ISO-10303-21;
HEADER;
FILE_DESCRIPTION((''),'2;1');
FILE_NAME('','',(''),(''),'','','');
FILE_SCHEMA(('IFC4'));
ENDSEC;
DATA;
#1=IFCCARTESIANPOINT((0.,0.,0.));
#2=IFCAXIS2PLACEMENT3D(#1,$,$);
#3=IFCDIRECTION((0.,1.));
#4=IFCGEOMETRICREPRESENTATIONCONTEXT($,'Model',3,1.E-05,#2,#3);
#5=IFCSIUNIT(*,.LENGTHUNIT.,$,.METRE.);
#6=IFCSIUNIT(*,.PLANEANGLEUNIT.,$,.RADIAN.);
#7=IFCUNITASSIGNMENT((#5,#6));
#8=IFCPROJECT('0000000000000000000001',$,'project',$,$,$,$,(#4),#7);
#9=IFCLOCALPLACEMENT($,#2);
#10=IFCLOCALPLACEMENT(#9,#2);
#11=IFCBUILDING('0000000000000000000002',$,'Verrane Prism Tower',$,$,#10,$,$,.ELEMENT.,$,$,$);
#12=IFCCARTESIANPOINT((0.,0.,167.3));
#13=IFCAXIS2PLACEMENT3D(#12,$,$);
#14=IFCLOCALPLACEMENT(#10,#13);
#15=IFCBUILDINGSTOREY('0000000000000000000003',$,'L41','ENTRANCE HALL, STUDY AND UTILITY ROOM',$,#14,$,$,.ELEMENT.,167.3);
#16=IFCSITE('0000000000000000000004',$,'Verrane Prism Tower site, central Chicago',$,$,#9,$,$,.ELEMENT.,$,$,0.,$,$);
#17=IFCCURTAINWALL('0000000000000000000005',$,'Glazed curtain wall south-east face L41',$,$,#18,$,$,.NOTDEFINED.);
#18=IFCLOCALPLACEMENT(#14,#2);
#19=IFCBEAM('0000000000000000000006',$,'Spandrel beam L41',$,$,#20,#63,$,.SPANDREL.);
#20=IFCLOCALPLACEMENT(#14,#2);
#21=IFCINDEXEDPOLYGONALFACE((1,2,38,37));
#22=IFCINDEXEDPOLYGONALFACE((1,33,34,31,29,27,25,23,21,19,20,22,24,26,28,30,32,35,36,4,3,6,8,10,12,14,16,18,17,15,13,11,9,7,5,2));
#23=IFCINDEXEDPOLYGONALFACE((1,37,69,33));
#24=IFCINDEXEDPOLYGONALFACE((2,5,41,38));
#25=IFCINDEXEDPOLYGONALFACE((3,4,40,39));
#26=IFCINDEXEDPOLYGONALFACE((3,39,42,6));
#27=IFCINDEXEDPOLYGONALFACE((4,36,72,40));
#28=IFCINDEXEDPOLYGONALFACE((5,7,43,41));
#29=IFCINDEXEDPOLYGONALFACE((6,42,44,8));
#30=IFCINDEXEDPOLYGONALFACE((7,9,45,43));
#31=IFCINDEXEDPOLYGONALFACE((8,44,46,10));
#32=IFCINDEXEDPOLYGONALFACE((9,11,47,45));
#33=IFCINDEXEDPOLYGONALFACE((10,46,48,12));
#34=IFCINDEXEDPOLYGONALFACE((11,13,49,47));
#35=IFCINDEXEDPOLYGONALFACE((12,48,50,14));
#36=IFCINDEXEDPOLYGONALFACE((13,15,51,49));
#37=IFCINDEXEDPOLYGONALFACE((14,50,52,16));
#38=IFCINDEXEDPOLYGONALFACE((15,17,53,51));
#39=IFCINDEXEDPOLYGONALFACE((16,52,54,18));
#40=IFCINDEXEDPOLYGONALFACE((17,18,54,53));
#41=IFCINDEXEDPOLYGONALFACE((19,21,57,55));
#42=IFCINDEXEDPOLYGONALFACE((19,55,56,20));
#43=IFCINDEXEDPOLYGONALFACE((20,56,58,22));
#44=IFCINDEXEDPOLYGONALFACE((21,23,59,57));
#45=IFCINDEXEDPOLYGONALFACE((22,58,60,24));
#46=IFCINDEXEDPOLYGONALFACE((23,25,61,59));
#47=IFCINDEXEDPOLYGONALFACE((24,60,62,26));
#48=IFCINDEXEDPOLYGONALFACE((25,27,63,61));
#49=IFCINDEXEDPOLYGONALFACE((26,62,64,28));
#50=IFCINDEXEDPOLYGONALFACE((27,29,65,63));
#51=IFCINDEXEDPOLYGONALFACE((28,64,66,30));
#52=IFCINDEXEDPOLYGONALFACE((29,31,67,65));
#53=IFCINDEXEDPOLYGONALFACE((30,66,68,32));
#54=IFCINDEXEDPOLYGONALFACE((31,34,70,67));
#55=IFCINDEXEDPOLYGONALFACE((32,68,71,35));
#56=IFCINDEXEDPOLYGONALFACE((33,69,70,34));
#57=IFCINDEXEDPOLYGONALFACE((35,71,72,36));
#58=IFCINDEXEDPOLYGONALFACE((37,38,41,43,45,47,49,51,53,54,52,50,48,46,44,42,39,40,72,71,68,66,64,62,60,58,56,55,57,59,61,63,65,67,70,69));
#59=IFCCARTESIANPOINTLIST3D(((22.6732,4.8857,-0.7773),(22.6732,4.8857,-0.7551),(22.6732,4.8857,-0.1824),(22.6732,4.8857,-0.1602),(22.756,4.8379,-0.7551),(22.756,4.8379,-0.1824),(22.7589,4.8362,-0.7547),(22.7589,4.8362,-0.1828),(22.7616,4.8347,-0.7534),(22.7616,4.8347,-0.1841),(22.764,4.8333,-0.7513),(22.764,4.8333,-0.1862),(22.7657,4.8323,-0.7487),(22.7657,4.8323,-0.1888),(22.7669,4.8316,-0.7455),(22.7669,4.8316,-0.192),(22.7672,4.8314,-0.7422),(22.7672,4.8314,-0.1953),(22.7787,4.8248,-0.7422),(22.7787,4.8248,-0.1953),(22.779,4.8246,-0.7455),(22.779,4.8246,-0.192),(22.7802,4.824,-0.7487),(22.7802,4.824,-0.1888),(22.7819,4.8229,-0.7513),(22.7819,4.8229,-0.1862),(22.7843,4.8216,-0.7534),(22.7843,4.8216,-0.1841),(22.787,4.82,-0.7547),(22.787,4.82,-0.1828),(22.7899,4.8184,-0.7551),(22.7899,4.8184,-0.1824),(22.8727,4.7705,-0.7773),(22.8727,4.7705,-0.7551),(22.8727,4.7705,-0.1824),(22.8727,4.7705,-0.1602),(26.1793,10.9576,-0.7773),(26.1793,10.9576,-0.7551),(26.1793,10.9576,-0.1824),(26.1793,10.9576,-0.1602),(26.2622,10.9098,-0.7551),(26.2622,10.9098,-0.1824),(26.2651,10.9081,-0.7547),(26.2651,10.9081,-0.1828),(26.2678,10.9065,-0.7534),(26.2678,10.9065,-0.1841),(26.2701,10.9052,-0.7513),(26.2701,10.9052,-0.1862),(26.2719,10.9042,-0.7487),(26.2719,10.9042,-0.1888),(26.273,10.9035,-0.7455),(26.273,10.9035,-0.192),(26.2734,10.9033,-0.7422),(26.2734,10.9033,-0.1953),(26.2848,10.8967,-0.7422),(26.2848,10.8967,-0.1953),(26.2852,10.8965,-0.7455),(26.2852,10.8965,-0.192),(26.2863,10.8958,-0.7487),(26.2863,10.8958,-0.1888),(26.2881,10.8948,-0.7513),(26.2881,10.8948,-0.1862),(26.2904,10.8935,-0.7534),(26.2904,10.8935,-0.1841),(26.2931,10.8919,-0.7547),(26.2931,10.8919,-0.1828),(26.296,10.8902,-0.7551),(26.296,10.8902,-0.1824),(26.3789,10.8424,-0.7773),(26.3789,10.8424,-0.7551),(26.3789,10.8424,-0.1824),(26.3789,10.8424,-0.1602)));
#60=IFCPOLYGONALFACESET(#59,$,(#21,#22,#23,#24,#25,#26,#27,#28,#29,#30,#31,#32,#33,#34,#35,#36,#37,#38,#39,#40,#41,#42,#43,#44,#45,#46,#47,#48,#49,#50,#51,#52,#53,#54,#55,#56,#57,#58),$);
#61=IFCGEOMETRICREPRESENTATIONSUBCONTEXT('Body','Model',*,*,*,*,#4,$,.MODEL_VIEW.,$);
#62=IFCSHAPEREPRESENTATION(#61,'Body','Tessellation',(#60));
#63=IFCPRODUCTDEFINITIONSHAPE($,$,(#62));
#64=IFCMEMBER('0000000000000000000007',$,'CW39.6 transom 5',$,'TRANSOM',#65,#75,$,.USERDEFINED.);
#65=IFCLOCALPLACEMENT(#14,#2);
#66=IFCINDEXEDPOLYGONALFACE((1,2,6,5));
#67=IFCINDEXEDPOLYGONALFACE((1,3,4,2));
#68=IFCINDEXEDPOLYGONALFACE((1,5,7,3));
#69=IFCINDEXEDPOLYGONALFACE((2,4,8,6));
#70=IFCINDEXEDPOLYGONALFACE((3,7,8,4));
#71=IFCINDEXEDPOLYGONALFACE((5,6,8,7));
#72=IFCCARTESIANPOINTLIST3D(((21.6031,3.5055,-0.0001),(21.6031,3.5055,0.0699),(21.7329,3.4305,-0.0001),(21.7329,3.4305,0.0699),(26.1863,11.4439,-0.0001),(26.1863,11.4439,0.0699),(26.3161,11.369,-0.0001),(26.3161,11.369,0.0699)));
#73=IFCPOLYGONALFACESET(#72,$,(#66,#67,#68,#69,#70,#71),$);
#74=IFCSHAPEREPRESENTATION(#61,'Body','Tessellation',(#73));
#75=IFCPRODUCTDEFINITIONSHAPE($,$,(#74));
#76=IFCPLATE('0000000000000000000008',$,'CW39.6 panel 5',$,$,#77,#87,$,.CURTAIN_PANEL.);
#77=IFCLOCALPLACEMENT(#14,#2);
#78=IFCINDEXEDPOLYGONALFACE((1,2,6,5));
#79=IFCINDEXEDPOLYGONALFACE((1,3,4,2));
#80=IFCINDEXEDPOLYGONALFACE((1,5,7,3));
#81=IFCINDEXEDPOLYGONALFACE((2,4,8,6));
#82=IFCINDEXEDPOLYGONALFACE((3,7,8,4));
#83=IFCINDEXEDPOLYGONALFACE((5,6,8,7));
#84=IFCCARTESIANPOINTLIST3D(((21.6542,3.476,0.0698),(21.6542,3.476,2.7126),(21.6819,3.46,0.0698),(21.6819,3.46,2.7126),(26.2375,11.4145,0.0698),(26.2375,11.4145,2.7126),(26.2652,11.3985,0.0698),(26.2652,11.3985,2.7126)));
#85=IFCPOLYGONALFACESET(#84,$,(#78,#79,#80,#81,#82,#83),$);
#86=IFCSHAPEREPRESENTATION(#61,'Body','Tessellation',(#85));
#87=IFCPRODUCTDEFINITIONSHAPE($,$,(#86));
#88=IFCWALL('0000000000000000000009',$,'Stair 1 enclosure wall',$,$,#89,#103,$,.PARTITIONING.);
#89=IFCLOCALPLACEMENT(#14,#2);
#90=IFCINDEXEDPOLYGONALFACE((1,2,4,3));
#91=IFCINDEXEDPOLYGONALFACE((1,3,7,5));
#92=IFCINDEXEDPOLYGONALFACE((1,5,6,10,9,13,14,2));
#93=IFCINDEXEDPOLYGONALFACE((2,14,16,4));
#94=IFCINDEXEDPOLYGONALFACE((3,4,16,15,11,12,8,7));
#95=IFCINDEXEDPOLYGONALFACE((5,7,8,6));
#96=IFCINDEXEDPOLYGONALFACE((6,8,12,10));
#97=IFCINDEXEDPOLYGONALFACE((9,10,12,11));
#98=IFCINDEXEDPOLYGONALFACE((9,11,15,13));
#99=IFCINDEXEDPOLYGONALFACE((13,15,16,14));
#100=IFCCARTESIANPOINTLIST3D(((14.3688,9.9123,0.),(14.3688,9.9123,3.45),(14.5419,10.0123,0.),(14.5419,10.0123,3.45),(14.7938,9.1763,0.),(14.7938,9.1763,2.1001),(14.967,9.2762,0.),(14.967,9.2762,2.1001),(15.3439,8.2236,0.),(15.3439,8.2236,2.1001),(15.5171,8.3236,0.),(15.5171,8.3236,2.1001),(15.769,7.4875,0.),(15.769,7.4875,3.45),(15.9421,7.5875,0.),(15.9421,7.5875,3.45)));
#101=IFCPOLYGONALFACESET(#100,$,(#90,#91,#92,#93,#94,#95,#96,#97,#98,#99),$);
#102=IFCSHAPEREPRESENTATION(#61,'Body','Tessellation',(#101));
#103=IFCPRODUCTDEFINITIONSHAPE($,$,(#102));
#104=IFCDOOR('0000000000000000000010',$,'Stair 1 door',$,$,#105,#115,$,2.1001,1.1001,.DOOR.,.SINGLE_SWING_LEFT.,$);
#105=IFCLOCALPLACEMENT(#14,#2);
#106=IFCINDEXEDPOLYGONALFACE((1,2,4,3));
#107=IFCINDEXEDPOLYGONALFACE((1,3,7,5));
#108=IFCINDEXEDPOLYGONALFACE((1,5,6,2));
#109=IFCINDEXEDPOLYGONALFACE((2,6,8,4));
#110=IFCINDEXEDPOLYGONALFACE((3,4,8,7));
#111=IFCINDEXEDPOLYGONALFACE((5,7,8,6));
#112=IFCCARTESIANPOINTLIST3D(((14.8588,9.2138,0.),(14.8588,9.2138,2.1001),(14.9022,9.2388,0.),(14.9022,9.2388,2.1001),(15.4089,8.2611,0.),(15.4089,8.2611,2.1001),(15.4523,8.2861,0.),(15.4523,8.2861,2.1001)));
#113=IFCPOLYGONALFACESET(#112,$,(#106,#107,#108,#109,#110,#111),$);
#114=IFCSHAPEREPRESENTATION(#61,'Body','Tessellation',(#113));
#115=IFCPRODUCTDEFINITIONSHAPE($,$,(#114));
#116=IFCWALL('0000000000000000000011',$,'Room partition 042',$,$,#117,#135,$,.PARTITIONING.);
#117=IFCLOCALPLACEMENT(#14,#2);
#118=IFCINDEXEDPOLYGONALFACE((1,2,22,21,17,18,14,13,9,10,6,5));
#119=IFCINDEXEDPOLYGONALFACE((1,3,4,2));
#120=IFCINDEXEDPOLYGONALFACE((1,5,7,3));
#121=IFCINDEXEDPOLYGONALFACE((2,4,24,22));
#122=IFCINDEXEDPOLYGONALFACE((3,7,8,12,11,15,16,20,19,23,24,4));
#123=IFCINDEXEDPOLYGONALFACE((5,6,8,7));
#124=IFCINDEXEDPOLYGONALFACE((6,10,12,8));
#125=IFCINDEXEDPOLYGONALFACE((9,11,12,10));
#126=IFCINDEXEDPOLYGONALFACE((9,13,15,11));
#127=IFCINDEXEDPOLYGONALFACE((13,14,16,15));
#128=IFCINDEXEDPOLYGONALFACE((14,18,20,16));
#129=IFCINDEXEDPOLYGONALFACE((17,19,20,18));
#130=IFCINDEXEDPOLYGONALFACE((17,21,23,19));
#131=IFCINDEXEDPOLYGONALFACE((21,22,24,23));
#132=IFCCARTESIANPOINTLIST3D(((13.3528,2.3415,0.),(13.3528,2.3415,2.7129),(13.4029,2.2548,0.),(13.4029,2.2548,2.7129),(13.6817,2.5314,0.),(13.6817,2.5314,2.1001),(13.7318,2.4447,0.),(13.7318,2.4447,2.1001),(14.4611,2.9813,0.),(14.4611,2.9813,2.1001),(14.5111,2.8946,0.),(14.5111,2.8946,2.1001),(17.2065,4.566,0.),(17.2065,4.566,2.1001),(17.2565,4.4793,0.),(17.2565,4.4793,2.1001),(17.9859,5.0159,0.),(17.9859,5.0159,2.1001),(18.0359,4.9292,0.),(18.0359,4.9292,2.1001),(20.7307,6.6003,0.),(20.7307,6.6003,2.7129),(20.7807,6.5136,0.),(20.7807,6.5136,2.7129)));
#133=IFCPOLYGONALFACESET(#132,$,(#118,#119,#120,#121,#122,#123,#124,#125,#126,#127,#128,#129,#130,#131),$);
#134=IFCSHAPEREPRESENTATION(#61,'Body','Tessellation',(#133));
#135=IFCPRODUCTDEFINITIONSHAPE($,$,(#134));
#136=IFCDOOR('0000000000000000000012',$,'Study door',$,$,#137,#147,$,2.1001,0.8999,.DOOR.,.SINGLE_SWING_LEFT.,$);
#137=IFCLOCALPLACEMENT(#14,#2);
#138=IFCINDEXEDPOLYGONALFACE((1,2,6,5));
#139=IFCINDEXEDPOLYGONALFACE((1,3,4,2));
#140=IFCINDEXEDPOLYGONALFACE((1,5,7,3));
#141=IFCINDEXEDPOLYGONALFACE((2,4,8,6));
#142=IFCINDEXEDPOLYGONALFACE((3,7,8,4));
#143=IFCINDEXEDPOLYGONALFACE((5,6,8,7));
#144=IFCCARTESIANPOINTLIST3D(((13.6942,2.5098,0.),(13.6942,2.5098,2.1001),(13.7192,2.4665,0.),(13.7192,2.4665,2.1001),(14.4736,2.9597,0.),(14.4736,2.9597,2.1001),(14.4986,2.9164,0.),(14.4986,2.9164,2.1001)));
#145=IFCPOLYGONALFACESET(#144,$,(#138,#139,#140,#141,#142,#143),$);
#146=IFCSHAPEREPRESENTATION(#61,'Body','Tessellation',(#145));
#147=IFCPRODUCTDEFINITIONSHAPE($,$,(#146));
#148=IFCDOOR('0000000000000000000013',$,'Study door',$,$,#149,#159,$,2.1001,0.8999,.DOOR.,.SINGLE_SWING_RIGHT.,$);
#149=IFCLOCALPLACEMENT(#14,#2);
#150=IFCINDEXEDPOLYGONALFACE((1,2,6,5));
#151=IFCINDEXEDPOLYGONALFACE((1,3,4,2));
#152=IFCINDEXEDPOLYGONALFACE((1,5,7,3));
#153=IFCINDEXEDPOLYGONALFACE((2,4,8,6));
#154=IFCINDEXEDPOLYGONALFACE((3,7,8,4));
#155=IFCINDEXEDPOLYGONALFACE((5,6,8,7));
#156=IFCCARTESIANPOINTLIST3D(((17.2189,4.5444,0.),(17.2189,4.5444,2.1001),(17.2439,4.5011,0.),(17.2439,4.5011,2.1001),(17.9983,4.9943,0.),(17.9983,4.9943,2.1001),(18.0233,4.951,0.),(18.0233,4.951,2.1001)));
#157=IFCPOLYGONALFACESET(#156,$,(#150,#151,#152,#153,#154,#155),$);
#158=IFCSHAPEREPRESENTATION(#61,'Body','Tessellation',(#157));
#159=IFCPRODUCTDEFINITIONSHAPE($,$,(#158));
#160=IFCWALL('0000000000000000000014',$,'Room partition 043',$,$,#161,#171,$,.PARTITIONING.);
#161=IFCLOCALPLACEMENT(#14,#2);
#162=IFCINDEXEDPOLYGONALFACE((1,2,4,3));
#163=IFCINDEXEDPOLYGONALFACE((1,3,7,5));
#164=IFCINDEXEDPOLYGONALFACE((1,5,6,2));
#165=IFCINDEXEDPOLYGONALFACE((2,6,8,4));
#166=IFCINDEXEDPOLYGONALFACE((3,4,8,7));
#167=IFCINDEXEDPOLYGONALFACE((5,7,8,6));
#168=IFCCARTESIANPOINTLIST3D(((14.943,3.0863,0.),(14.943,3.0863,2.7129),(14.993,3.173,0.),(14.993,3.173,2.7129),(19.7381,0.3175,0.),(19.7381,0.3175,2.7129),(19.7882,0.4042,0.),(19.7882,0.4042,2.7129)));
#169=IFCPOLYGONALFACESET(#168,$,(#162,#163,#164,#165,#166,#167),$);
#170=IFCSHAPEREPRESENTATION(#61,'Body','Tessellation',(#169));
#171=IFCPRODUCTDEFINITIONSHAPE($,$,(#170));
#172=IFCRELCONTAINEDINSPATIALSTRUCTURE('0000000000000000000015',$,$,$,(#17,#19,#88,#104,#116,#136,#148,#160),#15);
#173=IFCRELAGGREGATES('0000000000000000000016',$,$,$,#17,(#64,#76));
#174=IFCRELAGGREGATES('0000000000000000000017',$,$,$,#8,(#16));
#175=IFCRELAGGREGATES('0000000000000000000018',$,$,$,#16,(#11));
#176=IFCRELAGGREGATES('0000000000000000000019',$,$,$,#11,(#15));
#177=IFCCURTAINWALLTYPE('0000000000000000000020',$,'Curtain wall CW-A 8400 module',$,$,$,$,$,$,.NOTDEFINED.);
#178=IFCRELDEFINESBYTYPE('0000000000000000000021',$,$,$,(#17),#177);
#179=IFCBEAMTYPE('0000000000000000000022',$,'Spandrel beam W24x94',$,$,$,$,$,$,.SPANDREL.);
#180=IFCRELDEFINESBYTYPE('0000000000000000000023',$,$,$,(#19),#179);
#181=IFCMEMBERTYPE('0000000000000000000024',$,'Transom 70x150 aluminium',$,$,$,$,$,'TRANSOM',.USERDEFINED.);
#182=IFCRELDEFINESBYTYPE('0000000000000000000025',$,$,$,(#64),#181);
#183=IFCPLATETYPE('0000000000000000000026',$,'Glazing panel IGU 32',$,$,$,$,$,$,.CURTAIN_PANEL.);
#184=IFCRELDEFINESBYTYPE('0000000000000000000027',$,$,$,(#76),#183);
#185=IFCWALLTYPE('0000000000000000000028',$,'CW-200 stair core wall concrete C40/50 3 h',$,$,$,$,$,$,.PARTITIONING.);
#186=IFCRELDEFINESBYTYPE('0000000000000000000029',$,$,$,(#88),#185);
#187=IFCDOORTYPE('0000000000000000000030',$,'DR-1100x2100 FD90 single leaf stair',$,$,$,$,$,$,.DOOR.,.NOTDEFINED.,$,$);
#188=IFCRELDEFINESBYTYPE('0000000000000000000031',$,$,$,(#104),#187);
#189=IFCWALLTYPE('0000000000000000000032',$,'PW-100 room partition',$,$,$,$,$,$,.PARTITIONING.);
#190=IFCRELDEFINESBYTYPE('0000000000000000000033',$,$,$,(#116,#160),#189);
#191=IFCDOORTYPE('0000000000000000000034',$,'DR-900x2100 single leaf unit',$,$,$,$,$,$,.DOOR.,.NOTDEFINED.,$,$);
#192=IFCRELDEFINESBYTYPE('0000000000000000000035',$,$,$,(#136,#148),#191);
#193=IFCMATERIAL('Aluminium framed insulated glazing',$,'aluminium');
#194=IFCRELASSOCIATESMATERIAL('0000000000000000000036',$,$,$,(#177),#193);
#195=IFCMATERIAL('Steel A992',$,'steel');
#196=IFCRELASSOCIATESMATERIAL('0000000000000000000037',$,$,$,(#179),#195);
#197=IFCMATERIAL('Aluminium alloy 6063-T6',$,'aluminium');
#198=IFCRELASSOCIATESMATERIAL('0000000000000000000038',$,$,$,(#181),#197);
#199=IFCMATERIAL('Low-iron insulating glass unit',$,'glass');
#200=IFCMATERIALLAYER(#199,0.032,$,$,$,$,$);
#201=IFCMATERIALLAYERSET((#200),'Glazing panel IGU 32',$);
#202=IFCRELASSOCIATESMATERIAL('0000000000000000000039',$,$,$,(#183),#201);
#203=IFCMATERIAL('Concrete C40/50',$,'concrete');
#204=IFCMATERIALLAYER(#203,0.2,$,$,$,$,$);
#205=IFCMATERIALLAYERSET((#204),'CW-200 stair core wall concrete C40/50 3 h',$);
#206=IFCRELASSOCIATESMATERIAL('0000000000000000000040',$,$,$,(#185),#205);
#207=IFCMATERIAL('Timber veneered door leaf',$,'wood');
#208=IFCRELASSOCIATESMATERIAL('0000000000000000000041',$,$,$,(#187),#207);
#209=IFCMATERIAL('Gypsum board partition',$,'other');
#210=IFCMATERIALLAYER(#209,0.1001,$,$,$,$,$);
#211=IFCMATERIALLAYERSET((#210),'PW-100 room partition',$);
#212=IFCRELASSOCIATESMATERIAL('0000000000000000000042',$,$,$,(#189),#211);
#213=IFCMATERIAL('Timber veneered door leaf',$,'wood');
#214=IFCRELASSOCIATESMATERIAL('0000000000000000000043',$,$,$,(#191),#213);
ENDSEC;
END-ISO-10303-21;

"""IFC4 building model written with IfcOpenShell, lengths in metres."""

from ifc_helpers import new_model, si_unit, direction, frame, frame_2d, origin, origin_2d, place, context, subcontext, project, spatial, rectangle, i_section, extrude, material, layer, layer_set, material_profile, profile_set, type_object, element, fill, aggregate, save


model = new_model("IFC4")

# Units and contexts
model_context = context("Model", 3, precision=1e-05, world=origin(), true_north=direction((0.0, 1.0)))
body_context = subcontext(model_context, "Body", "Model", "MODEL_VIEW")
ifc_project = project(units=[si_unit("LENGTHUNIT", "METRE"), si_unit("PLANEANGLEUNIT", "RADIAN")], contexts=[model_context])

# Site, building, storey
site_placement = place(None, origin())
site = spatial("IfcSite", under=ifc_project, at=site_placement, Name="Verrane Prism Tower site, central Chicago", CompositionType="ELEMENT", RefElevation=0.0)
building_placement = place(site_placement, origin())
building = spatial("IfcBuilding", under=site, at=building_placement, Name="Verrane Prism Tower", CompositionType="ELEMENT")
storey_placement = place(building_placement, frame((0.0, 0.0, 167.3)))
storey = spatial("IfcBuildingStorey", under=building, at=storey_placement, Name="L41", Description="ENTRANCE HALL, STUDY AND UTILITY ROOM", CompositionType="ELEMENT", Elevation=167.3)

# Curtain wall
ifc_material_1 = material(Name="Aluminium framed insulated glazing", Category="aluminium")
curtain_wall_type_1 = type_object("IfcCurtainWallType", Name="Curtain wall CW-A 8400 module", PredefinedType="NOTDEFINED", material=ifc_material_1)
curtain_wall_1_placement = place(storey_placement, origin())
curtain_wall_1 = element("IfcCurtainWall", 1, at=curtain_wall_1_placement, inside=storey, type_object=curtain_wall_type_1, Name="Glazed curtain wall south-east face L41", PredefinedType="NOTDEFINED")

# Beam
ifc_material_2 = material(Name="Steel A992", Category="steel")
ifc_material_profile_1 = material_profile(ifc_material_2, i_section(OverallWidth=0.2305, OverallDepth=0.6172, WebThickness=0.0132, FlangeThickness=0.0222, FilletRadius=0.0129, at=origin_2d()), Name="W24x94")
ifc_profile_set_1 = profile_set([ifc_material_profile_1], Name="Steel A992")
beam_type_1 = type_object("IfcBeamType", Name="Spandrel beam W24x94", PredefinedType="SPANDREL", material=ifc_profile_set_1)
beam_1_placement = place(storey_placement, frame((22.7729, 4.8281, -0.4688), z_axis=(0.50006, 0.865991, 0.0), x_axis=(-0.865991, 0.50006, 0.0)))
element("IfcBeam", 2, at=beam_1_placement, inside=storey, type_object=beam_type_1, Name="Spandrel beam L41", PredefinedType="SPANDREL", context=body_context, shape_type="SweptSolid", body=[
    extrude(i_section(OverallWidth=0.2305, OverallDepth=0.6172, WebThickness=0.0132, FlangeThickness=0.0222, FilletRadius=0.0129, at=origin_2d()), origin(), (0.0, 0.0, 1.0), 7.0115),
])

# Member
ifc_material_3 = material(Name="Aluminium alloy 6063-T6", Category="aluminium")
ifc_material_profile_2 = material_profile(ifc_material_3, rectangle(XDim=0.1499, YDim=0.0701, at=origin_2d()), Name="Transom 70x150 aluminium")
ifc_profile_set_2 = profile_set([ifc_material_profile_2], Name="Aluminium alloy 6063-T6")
member_type_1 = type_object("IfcMemberType", Name="Transom 70x150 aluminium", ElementType="TRANSOM", PredefinedType="USERDEFINED", material=ifc_profile_set_2)
member_1_placement = place(storey_placement, frame((21.668, 3.468, 0.0349), z_axis=(0.499998, 0.866027, 0.0), x_axis=(-0.866027, 0.499998, 0.0)))
member_1 = element("IfcMember", 3, at=member_1_placement, type_object=member_type_1, Name="CW39.6 transom 5", ObjectType="TRANSOM", PredefinedType="USERDEFINED", context=body_context, shape_type="SweptSolid", body=[
    extrude(rectangle(XDim=0.1499, YDim=0.0701, at=origin_2d()), origin(), (0.0, 0.0, 1.0), 9.1665),
])

# Plate
ifc_material_4 = material(Name="Low-iron insulating glass unit", Category="glass")
ifc_layer_1 = layer(ifc_material_4, 0.032)
ifc_layer_set_1 = layer_set([ifc_layer_1], Name="Glazing panel IGU 32")
plate_type = type_object("IfcPlateType", Name="Glazing panel IGU 32", PredefinedType="CURTAIN_PANEL", material=ifc_layer_set_1)
plate_placement = place(storey_placement, frame((23.9597, 7.4373, 0.0698), z_axis=(0.0, 0.0, 1.0), x_axis=(0.499999, 0.866026, 0.0)))
plate = element("IfcPlate", 4, at=plate_placement, type_object=plate_type, Name="CW39.6 panel 5", PredefinedType="CURTAIN_PANEL", context=body_context, shape_type="SweptSolid", body=[
    extrude(rectangle(XDim=9.1665, YDim=0.032, at=origin_2d()), origin(), (0.0, 0.0, 1.0), 2.6428),
])
aggregate(curtain_wall_1, [member_1, plate])

# Wall, opening, door
ifc_material_5 = material(Name="Concrete C40/50", Category="concrete")
ifc_layer_2 = layer(ifc_material_5, 0.2)
ifc_layer_set_2 = layer_set([ifc_layer_2], Name="CW-200 stair core wall concrete C40/50 3 h")
wall_type_1 = type_object("IfcWallType", Name="CW-200 stair core wall concrete C40/50 3 h", PredefinedType="PARTITIONING", material=ifc_layer_set_2)
wall_1_placement = place(storey_placement, frame((15.8555, 7.5376, 0.0), z_axis=(0.0, 0.0, 1.0), x_axis=(-0.50005, 0.865997, 0.0)))
wall_1 = element("IfcWall", 5, at=wall_1_placement, inside=storey, type_object=wall_type_1, Name="Stair 1 enclosure wall", PredefinedType="PARTITIONING", context=body_context, shape_type="SweptSolid", body=[
    extrude(rectangle(XDim=2.8, YDim=0.2, at=frame_2d((1.3999, 0.0))), origin(), (0.0, 0.0, 1.0), 3.45),
])
opening_1_placement = place(wall_1_placement, frame((0.8499, 0.0, 0.0)))
opening_1 = element("IfcOpeningElement", 6, at=opening_1_placement, cuts=wall_1, PredefinedType="OPENING", context=body_context, shape_type="SweptSolid", body=[
    extrude(rectangle(XDim=1.1001, YDim=2.1001, at=frame_2d((0.55, 1.05))), frame((0.0, 0.1099, 0.0), z_axis=(0.0, -1.0, 0.0), x_axis=(1.0, 0.0, 0.0)), (0.0, 0.0, 1.0), 0.22),
])
ifc_material_6 = material(Name="Timber veneered door leaf", Category="wood")
door_type_1 = type_object("IfcDoorType", Name="DR-1100x2100 FD90 single leaf stair", OperationType="NOTDEFINED", PredefinedType="DOOR", material=ifc_material_6)
door_1_placement = place(opening_1_placement, origin())
door_1 = element("IfcDoor", 7, at=door_1_placement, inside=storey, type_object=door_type_1, Name="Stair 1 door", OperationType="SINGLE_SWING_LEFT", OverallHeight=2.1001, OverallWidth=1.1001, PredefinedType="DOOR", context=body_context, shape_type="SweptSolid", body=[
    extrude(rectangle(XDim=1.1001, YDim=2.1001, at=frame_2d((0.55, 1.05))), frame((0.0, 0.0249, 0.0), z_axis=(0.0, -1.0, 0.0), x_axis=(1.0, 0.0, 0.0)), (0.0, 0.0, 1.0), 0.05),
])
fill(opening_1, door_1)

# Wall, openings, doors
ifc_material_7 = material(Name="Gypsum board partition", Category="other")
ifc_layer_3 = layer(ifc_material_7, 0.1001)
ifc_layer_set_3 = layer_set([ifc_layer_3], Name="PW-100 room partition")
wall_type_2 = type_object("IfcWallType", Name="PW-100 room partition", PredefinedType="PARTITIONING", material=ifc_layer_set_3)
wall_2_placement = place(storey_placement, frame((20.7556, 6.5569, 0.0), z_axis=(0.0, 0.0, 1.0), x_axis=(-0.866069, -0.499924, 0.0)))
wall_2 = element("IfcWall", 8, at=wall_2_placement, inside=storey, type_object=wall_type_2, Name="Room partition 042", PredefinedType="PARTITIONING", context=body_context, shape_type="SweptSolid", body=[
    extrude(rectangle(XDim=8.5188, YDim=0.1001, at=frame_2d((4.2593, 0.0))), origin(), (0.0, 0.0, 1.0), 2.7129),
])
opening_2_placement = place(wall_2_placement, frame((7.239, 0.0, 0.0)))
opening_2 = element("IfcOpeningElement", 9, at=opening_2_placement, cuts=wall_2, PredefinedType="OPENING", context=body_context, shape_type="SweptSolid", body=[
    extrude(rectangle(XDim=0.8999, YDim=2.1001, at=frame_2d((0.45, 1.05))), frame((0.0, 0.0601, 0.0), z_axis=(0.0, -1.0, 0.0), x_axis=(1.0, 0.0, 0.0)), (0.0, 0.0, 1.0), 0.1201),
])
opening_3_placement = place(wall_2_placement, frame((3.1692, 0.0, 0.0)))
opening_3 = element("IfcOpeningElement", 10, at=opening_3_placement, cuts=wall_2, PredefinedType="OPENING", context=body_context, shape_type="SweptSolid", body=[
    extrude(rectangle(XDim=0.8999, YDim=2.1001, at=frame_2d((0.45, 1.05))), frame((0.0, 0.0601, 0.0), z_axis=(0.0, -1.0, 0.0), x_axis=(1.0, 0.0, 0.0)), (0.0, 0.0, 1.0), 0.1201),
])
ifc_material_8 = material(Name="Timber veneered door leaf", Category="wood")
door_type_2 = type_object("IfcDoorType", Name="DR-900x2100 single leaf unit", OperationType="NOTDEFINED", PredefinedType="DOOR", material=ifc_material_8)
door_2_placement = place(opening_2_placement, origin())
door_2 = element("IfcDoor", 11, at=door_2_placement, inside=storey, type_object=door_type_2, Name="Study door", OperationType="SINGLE_SWING_LEFT", OverallHeight=2.1001, OverallWidth=0.8999, PredefinedType="DOOR", context=body_context, shape_type="SweptSolid", body=[
    extrude(rectangle(XDim=0.8999, YDim=2.1001, at=frame_2d((0.45, 1.05))), frame((0.0, 0.0249, 0.0), z_axis=(0.0, -1.0, 0.0), x_axis=(1.0, 0.0, 0.0)), (0.0, 0.0, 1.0), 0.05),
])
fill(opening_2, door_2)
door_3_placement = place(opening_3_placement, origin())
door_3 = element("IfcDoor", 12, at=door_3_placement, inside=storey, type_object=door_type_2, Name="Study door", OperationType="SINGLE_SWING_RIGHT", OverallHeight=2.1001, OverallWidth=0.8999, PredefinedType="DOOR", context=body_context, shape_type="SweptSolid", body=[
    extrude(rectangle(XDim=0.8999, YDim=2.1001, at=frame_2d((0.45, 1.05))), frame((0.0, 0.0249, 0.0), z_axis=(0.0, -1.0, 0.0), x_axis=(1.0, 0.0, 0.0)), (0.0, 0.0, 1.0), 0.05),
])
fill(opening_3, door_3)

# Wall
wall_3_placement = place(storey_placement, frame((14.968, 3.1296, 0.0), z_axis=(0.0, 0.0, 1.0), x_axis=(0.866001, -0.500042, 0.0)))
element("IfcWall", 13, at=wall_3_placement, inside=storey, type_object=wall_type_2, Name="Room partition 043", PredefinedType="PARTITIONING", context=body_context, shape_type="SweptSolid", body=[
    extrude(rectangle(XDim=5.5371, YDim=0.1001, at=frame_2d((2.7686, 0.0))), origin(), (0.0, 0.0, 1.0), 2.7129),
])

save(model, "model.ifc")
